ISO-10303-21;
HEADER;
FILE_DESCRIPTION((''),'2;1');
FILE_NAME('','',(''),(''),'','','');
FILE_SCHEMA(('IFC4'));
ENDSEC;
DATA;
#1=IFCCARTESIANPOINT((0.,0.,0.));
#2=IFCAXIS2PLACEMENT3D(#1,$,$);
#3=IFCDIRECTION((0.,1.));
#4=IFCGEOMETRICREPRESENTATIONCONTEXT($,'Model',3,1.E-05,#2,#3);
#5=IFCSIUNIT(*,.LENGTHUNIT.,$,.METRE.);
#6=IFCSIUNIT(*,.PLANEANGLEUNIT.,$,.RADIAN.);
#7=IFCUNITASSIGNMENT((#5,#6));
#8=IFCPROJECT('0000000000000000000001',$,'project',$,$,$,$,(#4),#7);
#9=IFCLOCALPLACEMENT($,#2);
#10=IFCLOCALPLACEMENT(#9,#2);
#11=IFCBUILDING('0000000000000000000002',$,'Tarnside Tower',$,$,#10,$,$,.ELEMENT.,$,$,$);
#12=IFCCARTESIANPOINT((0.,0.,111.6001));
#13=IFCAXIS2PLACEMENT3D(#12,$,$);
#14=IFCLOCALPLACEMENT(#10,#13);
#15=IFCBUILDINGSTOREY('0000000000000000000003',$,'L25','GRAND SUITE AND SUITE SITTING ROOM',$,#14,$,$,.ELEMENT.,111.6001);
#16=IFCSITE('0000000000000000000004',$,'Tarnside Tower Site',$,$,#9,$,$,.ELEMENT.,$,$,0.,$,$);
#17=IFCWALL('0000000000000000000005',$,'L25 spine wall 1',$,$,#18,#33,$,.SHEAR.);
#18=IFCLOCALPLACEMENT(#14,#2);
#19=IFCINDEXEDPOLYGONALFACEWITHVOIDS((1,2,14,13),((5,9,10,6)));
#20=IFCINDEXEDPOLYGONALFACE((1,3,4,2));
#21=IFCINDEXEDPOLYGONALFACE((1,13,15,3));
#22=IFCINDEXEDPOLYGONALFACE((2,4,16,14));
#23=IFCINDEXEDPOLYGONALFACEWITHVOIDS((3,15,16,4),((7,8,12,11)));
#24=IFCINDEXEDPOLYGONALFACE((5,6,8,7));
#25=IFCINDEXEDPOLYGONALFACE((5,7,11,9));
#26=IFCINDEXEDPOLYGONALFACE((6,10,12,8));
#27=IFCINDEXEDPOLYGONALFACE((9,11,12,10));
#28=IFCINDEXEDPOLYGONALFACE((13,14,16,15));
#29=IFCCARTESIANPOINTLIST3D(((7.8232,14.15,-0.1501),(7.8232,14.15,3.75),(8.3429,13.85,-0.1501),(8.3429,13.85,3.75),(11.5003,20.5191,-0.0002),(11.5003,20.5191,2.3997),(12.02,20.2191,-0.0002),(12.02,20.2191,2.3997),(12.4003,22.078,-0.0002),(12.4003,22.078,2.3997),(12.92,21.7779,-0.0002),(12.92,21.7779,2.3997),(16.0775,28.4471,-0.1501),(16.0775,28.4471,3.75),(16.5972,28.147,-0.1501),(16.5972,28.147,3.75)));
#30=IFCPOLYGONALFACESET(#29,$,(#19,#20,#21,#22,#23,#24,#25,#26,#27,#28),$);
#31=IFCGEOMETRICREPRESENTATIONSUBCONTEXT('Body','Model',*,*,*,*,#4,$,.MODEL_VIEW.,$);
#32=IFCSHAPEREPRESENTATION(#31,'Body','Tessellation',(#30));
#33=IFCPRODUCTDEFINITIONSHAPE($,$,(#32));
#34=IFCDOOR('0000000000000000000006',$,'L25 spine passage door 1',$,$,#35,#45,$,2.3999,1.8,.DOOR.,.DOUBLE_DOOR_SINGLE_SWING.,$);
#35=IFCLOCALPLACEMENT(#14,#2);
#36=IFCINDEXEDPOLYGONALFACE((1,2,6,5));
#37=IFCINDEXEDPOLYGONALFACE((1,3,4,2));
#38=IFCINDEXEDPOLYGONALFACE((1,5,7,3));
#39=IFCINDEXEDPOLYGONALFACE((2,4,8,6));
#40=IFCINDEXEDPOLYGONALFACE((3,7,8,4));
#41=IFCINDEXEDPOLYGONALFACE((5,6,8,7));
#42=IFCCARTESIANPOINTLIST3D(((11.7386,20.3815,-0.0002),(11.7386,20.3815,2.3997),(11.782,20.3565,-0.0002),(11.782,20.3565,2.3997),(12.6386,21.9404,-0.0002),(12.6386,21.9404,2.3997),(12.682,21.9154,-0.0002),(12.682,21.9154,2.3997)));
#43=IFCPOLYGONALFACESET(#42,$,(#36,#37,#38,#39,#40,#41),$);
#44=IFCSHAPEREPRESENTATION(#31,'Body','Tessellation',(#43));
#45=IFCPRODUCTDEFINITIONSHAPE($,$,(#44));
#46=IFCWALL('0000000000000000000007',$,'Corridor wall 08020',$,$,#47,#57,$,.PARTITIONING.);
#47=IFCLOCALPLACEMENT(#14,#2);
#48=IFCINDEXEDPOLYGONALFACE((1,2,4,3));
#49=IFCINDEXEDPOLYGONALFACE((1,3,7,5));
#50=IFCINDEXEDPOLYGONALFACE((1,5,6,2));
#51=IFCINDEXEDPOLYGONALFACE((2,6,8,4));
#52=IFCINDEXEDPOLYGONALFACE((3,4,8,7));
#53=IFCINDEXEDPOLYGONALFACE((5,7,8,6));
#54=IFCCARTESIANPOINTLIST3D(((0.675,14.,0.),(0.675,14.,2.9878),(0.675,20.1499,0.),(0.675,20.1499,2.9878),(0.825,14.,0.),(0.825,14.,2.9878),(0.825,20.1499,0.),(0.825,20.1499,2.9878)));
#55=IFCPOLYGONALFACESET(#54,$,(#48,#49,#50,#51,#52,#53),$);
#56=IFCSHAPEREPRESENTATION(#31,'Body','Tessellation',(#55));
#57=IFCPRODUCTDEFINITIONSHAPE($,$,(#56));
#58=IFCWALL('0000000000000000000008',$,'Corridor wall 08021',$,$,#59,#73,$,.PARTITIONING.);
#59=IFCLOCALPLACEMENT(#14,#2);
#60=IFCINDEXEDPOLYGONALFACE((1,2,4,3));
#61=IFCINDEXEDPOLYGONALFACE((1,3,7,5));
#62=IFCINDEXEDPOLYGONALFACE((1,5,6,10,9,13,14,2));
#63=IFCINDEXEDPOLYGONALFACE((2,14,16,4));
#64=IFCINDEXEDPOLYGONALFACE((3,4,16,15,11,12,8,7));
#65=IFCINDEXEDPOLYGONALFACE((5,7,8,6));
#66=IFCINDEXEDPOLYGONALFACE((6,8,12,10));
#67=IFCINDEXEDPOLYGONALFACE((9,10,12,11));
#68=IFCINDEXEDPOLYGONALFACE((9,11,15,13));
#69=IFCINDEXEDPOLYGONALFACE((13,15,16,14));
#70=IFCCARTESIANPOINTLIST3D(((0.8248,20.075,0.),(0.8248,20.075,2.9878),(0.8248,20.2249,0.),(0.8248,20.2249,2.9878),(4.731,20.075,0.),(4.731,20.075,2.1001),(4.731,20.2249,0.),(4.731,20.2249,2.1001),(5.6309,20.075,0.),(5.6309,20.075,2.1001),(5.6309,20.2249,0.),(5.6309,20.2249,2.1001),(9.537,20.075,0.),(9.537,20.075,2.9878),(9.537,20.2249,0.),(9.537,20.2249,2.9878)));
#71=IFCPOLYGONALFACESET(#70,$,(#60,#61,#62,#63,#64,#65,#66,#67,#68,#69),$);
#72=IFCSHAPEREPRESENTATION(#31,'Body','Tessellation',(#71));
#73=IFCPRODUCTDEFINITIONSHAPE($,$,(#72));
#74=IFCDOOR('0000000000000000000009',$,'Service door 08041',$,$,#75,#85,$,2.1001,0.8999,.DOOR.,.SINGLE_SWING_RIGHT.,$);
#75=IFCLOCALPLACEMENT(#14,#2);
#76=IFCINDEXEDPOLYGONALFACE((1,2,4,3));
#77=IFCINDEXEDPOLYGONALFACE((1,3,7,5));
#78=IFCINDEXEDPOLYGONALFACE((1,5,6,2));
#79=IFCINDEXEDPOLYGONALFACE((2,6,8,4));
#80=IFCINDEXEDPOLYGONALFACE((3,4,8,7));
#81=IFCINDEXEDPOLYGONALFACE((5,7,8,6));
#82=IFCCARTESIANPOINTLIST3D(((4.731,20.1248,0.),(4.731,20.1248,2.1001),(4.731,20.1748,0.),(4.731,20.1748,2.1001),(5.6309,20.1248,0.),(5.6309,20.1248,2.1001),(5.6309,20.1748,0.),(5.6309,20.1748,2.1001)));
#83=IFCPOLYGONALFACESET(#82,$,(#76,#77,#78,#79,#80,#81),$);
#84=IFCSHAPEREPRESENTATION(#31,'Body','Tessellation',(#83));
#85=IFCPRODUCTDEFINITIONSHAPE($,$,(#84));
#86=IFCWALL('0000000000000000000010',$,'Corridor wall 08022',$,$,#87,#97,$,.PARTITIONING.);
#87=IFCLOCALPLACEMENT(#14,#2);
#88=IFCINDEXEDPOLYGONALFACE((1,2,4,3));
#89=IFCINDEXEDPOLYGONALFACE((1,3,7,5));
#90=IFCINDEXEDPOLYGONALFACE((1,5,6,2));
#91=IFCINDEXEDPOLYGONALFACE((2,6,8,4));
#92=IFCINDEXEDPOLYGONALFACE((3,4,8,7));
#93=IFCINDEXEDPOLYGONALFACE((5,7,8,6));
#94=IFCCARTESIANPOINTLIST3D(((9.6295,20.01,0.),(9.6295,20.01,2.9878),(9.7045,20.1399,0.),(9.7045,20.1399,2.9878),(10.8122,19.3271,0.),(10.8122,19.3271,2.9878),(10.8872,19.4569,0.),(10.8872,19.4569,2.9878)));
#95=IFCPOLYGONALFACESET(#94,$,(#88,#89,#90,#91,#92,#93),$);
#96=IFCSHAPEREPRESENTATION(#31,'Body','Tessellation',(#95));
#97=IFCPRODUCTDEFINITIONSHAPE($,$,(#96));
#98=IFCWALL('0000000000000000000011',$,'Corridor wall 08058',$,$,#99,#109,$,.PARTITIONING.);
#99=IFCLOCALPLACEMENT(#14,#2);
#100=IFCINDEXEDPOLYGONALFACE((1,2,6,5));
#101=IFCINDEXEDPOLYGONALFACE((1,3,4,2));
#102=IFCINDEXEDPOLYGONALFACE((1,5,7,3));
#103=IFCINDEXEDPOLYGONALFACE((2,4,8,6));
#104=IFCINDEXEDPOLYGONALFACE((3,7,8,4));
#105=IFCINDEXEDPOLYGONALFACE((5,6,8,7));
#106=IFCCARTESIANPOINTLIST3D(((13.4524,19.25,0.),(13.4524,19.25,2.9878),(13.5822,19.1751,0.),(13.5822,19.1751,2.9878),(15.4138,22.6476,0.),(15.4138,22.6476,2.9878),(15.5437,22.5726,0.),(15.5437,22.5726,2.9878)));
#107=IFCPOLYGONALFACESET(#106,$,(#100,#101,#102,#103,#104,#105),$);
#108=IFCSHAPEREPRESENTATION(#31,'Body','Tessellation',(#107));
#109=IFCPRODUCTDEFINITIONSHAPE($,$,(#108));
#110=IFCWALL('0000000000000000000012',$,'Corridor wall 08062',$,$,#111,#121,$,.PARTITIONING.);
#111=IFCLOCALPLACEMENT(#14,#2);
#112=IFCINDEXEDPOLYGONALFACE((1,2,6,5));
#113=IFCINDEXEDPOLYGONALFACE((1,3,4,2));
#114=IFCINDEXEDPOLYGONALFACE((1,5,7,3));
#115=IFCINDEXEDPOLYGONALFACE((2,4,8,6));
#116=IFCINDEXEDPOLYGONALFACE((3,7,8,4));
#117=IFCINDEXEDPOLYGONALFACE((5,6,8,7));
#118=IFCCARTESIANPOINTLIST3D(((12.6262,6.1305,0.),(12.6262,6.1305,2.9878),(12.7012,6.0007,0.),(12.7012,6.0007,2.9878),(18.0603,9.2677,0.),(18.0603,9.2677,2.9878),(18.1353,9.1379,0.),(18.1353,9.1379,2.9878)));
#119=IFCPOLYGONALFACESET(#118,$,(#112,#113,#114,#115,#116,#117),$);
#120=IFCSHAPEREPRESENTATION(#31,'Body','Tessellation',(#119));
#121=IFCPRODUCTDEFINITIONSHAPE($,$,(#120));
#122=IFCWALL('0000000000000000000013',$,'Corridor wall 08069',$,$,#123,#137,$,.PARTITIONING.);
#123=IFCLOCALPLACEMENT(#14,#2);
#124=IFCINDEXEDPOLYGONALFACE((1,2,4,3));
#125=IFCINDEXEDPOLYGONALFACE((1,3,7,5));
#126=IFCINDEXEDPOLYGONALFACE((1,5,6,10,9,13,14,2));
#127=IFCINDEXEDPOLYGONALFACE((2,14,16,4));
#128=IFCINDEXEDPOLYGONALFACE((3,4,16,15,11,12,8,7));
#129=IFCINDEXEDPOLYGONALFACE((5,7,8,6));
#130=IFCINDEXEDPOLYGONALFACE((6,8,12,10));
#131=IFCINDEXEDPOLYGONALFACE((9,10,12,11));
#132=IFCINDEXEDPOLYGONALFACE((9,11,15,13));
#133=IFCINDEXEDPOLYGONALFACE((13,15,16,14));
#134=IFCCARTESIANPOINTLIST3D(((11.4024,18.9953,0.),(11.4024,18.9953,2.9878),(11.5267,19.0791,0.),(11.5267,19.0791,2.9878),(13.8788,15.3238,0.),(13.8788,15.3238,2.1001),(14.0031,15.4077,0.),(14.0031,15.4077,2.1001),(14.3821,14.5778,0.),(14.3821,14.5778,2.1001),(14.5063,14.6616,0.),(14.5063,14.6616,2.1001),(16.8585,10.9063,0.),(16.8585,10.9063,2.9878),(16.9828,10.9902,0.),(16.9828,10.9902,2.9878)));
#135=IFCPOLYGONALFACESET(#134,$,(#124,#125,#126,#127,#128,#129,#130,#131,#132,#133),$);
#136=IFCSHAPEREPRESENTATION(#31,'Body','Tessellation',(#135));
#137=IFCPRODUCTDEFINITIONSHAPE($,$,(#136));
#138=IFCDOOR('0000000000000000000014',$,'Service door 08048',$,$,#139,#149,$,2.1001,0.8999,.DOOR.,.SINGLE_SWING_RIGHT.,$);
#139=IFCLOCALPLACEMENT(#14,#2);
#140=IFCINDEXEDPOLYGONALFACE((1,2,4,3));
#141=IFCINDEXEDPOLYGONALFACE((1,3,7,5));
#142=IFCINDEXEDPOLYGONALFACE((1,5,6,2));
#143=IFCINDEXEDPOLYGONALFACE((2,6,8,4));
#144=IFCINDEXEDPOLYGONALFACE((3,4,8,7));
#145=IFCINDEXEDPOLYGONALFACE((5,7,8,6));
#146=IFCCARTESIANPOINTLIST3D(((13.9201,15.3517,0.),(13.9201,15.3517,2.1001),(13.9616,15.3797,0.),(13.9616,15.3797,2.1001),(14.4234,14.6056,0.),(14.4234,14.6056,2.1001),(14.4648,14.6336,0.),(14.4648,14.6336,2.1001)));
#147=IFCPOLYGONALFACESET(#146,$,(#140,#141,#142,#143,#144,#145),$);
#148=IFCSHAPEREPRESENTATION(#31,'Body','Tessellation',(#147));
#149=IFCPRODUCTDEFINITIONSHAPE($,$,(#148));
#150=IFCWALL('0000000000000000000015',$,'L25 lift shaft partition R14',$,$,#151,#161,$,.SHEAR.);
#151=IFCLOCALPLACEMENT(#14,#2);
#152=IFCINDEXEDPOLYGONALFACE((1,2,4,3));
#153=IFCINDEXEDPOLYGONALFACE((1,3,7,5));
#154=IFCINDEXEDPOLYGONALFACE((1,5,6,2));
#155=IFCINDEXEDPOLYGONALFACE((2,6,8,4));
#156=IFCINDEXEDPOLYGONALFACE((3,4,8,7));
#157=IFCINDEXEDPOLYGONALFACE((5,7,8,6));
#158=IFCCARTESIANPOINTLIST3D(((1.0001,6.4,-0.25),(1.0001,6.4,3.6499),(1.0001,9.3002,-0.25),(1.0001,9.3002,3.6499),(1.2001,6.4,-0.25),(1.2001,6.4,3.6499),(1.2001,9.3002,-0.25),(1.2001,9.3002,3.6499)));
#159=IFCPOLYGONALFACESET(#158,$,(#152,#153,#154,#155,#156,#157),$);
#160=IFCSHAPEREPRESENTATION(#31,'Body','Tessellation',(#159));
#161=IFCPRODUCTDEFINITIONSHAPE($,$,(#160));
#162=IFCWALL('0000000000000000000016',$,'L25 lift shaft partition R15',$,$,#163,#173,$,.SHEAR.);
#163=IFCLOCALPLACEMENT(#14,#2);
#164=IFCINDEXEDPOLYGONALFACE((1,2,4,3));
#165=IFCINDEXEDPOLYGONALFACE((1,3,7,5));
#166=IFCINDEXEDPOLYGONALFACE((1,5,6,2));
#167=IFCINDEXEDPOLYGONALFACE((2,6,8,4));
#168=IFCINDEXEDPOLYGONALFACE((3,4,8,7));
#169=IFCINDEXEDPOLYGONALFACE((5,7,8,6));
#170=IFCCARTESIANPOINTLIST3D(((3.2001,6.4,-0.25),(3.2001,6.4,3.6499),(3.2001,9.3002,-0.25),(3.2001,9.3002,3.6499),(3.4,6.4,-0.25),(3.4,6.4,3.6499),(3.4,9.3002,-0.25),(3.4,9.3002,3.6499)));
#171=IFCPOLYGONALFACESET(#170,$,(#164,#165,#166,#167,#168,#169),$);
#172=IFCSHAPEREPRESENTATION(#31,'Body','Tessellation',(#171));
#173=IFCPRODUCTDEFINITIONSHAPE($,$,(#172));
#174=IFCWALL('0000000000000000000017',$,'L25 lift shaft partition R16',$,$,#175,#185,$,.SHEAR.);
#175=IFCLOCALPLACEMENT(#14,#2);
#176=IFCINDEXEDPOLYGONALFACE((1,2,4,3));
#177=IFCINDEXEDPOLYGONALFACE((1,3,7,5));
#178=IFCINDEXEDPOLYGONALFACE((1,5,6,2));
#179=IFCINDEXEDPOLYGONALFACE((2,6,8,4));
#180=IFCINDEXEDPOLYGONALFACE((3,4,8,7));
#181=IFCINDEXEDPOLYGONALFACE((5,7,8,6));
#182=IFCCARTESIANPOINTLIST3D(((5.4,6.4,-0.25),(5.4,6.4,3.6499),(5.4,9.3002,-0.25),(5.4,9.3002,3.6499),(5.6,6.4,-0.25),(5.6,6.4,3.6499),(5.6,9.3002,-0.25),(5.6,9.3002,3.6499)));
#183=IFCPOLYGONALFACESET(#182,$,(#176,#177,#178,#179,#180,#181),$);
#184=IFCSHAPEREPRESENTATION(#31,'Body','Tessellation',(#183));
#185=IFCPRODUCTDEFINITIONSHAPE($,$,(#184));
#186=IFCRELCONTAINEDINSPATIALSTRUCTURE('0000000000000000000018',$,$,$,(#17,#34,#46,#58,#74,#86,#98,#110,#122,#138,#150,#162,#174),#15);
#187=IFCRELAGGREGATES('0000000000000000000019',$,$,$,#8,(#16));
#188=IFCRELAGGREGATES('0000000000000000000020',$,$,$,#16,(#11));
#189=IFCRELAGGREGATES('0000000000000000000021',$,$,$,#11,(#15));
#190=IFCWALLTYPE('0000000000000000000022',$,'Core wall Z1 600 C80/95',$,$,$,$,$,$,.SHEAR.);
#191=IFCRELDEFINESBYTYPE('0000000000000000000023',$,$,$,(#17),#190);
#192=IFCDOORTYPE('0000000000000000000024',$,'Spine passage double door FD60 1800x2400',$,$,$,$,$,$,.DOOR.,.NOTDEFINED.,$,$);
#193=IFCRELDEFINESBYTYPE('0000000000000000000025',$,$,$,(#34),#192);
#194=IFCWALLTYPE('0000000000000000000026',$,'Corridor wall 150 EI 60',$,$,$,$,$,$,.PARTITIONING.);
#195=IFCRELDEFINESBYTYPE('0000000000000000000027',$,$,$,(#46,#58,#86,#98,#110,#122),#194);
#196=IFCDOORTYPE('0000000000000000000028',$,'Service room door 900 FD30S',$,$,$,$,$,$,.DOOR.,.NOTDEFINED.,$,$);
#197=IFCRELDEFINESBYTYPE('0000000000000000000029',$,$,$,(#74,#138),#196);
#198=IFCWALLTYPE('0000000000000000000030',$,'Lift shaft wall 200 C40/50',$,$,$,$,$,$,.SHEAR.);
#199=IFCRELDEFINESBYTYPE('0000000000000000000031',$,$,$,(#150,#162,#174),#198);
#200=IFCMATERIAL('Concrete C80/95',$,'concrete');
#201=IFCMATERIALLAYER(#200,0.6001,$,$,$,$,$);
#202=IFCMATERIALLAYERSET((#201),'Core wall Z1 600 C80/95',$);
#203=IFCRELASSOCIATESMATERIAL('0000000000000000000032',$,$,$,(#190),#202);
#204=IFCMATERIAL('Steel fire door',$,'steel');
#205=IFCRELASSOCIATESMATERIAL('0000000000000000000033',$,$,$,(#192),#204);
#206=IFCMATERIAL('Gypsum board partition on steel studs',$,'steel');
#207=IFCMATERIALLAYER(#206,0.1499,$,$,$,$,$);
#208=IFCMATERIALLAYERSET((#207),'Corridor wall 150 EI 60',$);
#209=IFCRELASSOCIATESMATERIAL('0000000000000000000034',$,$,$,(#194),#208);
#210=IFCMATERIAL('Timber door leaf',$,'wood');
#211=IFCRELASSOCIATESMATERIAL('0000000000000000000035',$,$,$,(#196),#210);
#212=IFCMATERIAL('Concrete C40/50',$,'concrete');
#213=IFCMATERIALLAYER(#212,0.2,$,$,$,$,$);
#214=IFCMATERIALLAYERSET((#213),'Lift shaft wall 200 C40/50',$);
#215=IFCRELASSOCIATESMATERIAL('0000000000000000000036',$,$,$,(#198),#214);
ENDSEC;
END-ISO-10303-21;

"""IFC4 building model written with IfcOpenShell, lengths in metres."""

from ifc_helpers import new_model, si_unit, direction, frame, frame_2d, origin, place, context, subcontext, project, spatial, rectangle, extrude, material, layer, layer_set, type_object, element, fill, save


model = new_model("IFC4")

# Units and contexts
model_context = context("Model", 3, precision=1e-05, world=origin(), true_north=direction((0.0, 1.0)))
body_context = subcontext(model_context, "Body", "Model", "MODEL_VIEW")
ifc_project = project(units=[si_unit("LENGTHUNIT", "METRE"), si_unit("PLANEANGLEUNIT", "RADIAN")], contexts=[model_context])

# Site, building, storey
site_placement = place(None, origin())
site = spatial("IfcSite", under=ifc_project, at=site_placement, Name="Tarnside Tower Site", CompositionType="ELEMENT", RefElevation=0.0)
building_placement = place(site_placement, origin())
building = spatial("IfcBuilding", under=site, at=building_placement, Name="Tarnside Tower", CompositionType="ELEMENT")
storey_placement = place(building_placement, frame((0.0, 0.0, 111.6001)))
storey = spatial("IfcBuildingStorey", under=building, at=storey_placement, Name="L25", Description="GRAND SUITE AND SUITE SITTING ROOM", CompositionType="ELEMENT", Elevation=111.6001)

# Shared definitions
ifc_material_1 = material(Name="Concrete C40/50", Category="concrete")

# Shared definitions
ifc_material_2 = material(Name="Gypsum board partition on steel studs", Category="steel")

# Shared definitions
ifc_material_3 = material(Name="Steel fire door", Category="steel")

# Wall, opening, door
ifc_material_4 = material(Name="Concrete C80/95", Category="concrete")
ifc_layer_1 = layer(ifc_material_4, 0.6001)
ifc_layer_set_1 = layer_set([ifc_layer_1], Name="Core wall Z1 600 C80/95")
wall_type_1 = type_object("IfcWallType", Name="Core wall Z1 600 C80/95", PredefinedType="SHEAR", material=ifc_layer_set_1)
wall_1_placement = place(storey_placement, frame((8.083, 14.0, -0.1501), z_axis=(0.0, 0.0, 1.0), x_axis=(0.499998, 0.866027, 0.0)))
wall_1 = element("IfcWall", 1, at=wall_1_placement, inside=storey, type_object=wall_type_1, Name="L25 spine wall 1", PredefinedType="SHEAR", context=body_context, shape_type="SweptSolid", body=[
    extrude(rectangle(XDim=16.5088, YDim=0.6001, at=frame_2d((8.2544, 0.0))), origin(), (0.0, 0.0, 1.0), 3.9001),
])
opening_1_placement = place(wall_1_placement, frame((7.3545, 0.0, 0.1499)))
opening_1 = element("IfcOpeningElement", 2, at=opening_1_placement, cuts=wall_1, PredefinedType="OPENING", context=body_context, shape_type="SweptSolid", body=[
    extrude(rectangle(XDim=1.8, YDim=2.3999, at=frame_2d((0.8999, 1.2))), frame((0.0, 0.3101, 0.0), z_axis=(0.0, -1.0, 0.0), x_axis=(1.0, 0.0, 0.0)), (0.0, 0.0, 1.0), 0.6201),
])
door_type_1 = type_object("IfcDoorType", Name="Spine passage double door FD60 1800x2400", OperationType="NOTDEFINED", PredefinedType="DOOR", material=ifc_material_3)
door_1_placement = place(opening_1_placement, origin())
door_1 = element("IfcDoor", 3, at=door_1_placement, inside=storey, type_object=door_type_1, Name="L25 spine passage door 1", OperationType="DOUBLE_DOOR_SINGLE_SWING", OverallHeight=2.3999, OverallWidth=1.8, PredefinedType="DOOR", context=body_context, shape_type="SweptSolid", body=[
    extrude(rectangle(XDim=1.8, YDim=2.3999, at=frame_2d((0.8999, 1.2))), frame((0.0, 0.0249, 0.0), z_axis=(0.0, -1.0, 0.0), x_axis=(1.0, 0.0, 0.0)), (0.0, 0.0, 1.0), 0.05),
])
fill(opening_1, door_1)

# Wall
ifc_layer_2 = layer(ifc_material_2, 0.1499)
ifc_layer_set_2 = layer_set([ifc_layer_2], Name="Corridor wall 150 EI 60")
wall_type_2 = type_object("IfcWallType", Name="Corridor wall 150 EI 60", PredefinedType="PARTITIONING", material=ifc_layer_set_2)
wall_2_placement = place(storey_placement, frame((0.75, 14.0, 0.0), z_axis=(0.0, 0.0, 1.0), x_axis=(0.0, 1.0, 0.0)))
element("IfcWall", 4, at=wall_2_placement, inside=storey, type_object=wall_type_2, Name="Corridor wall 08020", PredefinedType="PARTITIONING", context=body_context, shape_type="SweptSolid", body=[
    extrude(rectangle(XDim=6.1499, YDim=0.1499, at=frame_2d((3.075, 0.0))), origin(), (0.0, 0.0, 1.0), 2.9878),
])

# Wall, opening, door
wall_3_placement = place(storey_placement, frame((0.825, 20.1499, 0.0), z_axis=(0.0, 0.0, 1.0), x_axis=(1.0, 0.0, 0.0)))
wall_3 = element("IfcWall", 5, at=wall_3_placement, inside=storey, type_object=wall_type_2, Name="Corridor wall 08021", PredefinedType="PARTITIONING", context=body_context, shape_type="SweptSolid", body=[
    extrude(rectangle(XDim=8.7122, YDim=0.1499, at=frame_2d((4.356, 0.0))), origin(), (0.0, 0.0, 1.0), 2.9878),
])
opening_2_placement = place(wall_3_placement, frame((3.906, 0.0, 0.0)))
opening_2 = element("IfcOpeningElement", 6, at=opening_2_placement, cuts=wall_3, PredefinedType="OPENING", context=body_context, shape_type="SweptSolid", body=[
    extrude(rectangle(XDim=0.8999, YDim=2.1001, at=frame_2d((0.45, 1.05))), frame((0.0, 0.085, 0.0), z_axis=(0.0, -1.0, 0.0), x_axis=(1.0, 0.0, 0.0)), (0.0, 0.0, 1.0), 0.1699),
])
ifc_material_5 = material(Name="Timber door leaf", Category="wood")
door_type_2 = type_object("IfcDoorType", Name="Service room door 900 FD30S", OperationType="NOTDEFINED", PredefinedType="DOOR", material=ifc_material_5)
door_2_placement = place(opening_2_placement, origin())
door_2 = element("IfcDoor", 7, at=door_2_placement, inside=storey, type_object=door_type_2, Name="Service door 08041", OperationType="SINGLE_SWING_RIGHT", OverallHeight=2.1001, OverallWidth=0.8999, PredefinedType="DOOR", context=body_context, shape_type="SweptSolid", body=[
    extrude(rectangle(XDim=0.8999, YDim=2.1001, at=frame_2d((0.45, 1.05))), frame((0.0, 0.0249, 0.0), z_axis=(0.0, -1.0, 0.0), x_axis=(1.0, 0.0, 0.0)), (0.0, 0.0, 1.0), 0.05),
])
fill(opening_2, door_2)

# Walls
wall_4_placement = place(storey_placement, frame((9.667, 20.075, 0.0), z_axis=(0.0, 0.0, 1.0), x_axis=(0.866001, -0.500042, 0.0)))
element("IfcWall", 8, at=wall_4_placement, inside=storey, type_object=wall_type_2, Name="Corridor wall 08022", PredefinedType="PARTITIONING", context=body_context, shape_type="SweptSolid", body=[
    extrude(rectangle(XDim=1.3657, YDim=0.1499, at=frame_2d((0.6829, 0.0))), origin(), (0.0, 0.0, 1.0), 2.9878),
])
wall_5_placement = place(storey_placement, frame((13.5173, 19.2126, 0.0), z_axis=(0.0, 0.0, 1.0), x_axis=(0.499981, 0.866036, 0.0)))
element("IfcWall", 9, at=wall_5_placement, inside=storey, type_object=wall_type_2, Name="Corridor wall 08058", PredefinedType="PARTITIONING", context=body_context, shape_type="SweptSolid", body=[
    extrude(rectangle(XDim=3.9231, YDim=0.1499, at=frame_2d((1.9614, 0.0))), origin(), (0.0, 0.0, 1.0), 2.9878),
])
wall_6_placement = place(storey_placement, frame((12.6638, 6.0657, 0.0), z_axis=(0.0, 0.0, 1.0), x_axis=(0.866037, 0.499981, 0.0)))
element("IfcWall", 10, at=wall_6_placement, inside=storey, type_object=wall_type_2, Name="Corridor wall 08062", PredefinedType="PARTITIONING", context=body_context, shape_type="SweptSolid", body=[
    extrude(rectangle(XDim=6.2747, YDim=0.1499, at=frame_2d((3.1372, 0.0))), origin(), (0.0, 0.0, 1.0), 2.9878),
])

# Wall, opening, door
wall_7_placement = place(storey_placement, frame((11.4646, 19.0371, 0.0), z_axis=(0.0, 0.0, 1.0), x_axis=(0.559196, -0.829035, 0.0)))
wall_7 = element("IfcWall", 11, at=wall_7_placement, inside=storey, type_object=wall_type_2, Name="Corridor wall 08069", PredefinedType="PARTITIONING", context=body_context, shape_type="SweptSolid", body=[
    extrude(rectangle(XDim=9.7571, YDim=0.1499, at=frame_2d((4.8784, 0.0))), origin(), (0.0, 0.0, 1.0), 2.9878),
])
opening_3_placement = place(wall_7_placement, frame((4.4285, 0.0, 0.0)))
opening_3 = element("IfcOpeningElement", 12, at=opening_3_placement, cuts=wall_7, PredefinedType="OPENING", context=body_context, shape_type="SweptSolid", body=[
    extrude(rectangle(XDim=0.8999, YDim=2.1001, at=frame_2d((0.45, 1.05))), frame((0.0, 0.085, 0.0), z_axis=(0.0, -1.0, 0.0), x_axis=(1.0, 0.0, 0.0)), (0.0, 0.0, 1.0), 0.1699),
])
door_3_placement = place(opening_3_placement, origin())
door_3 = element("IfcDoor", 13, at=door_3_placement, inside=storey, type_object=door_type_2, Name="Service door 08048", OperationType="SINGLE_SWING_RIGHT", OverallHeight=2.1001, OverallWidth=0.8999, PredefinedType="DOOR", context=body_context, shape_type="SweptSolid", body=[
    extrude(rectangle(XDim=0.8999, YDim=2.1001, at=frame_2d((0.45, 1.05))), frame((0.0, 0.0249, 0.0), z_axis=(0.0, -1.0, 0.0), x_axis=(1.0, 0.0, 0.0)), (0.0, 0.0, 1.0), 0.05),
])
fill(opening_3, door_3)

# Walls
ifc_layer_3 = layer(ifc_material_1, 0.2)
ifc_layer_set_3 = layer_set([ifc_layer_3], Name="Lift shaft wall 200 C40/50")
wall_type_3 = type_object("IfcWallType", Name="Lift shaft wall 200 C40/50", PredefinedType="SHEAR", material=ifc_layer_set_3)
for number, where, z_axis, x_axis, name in (
    (14, (1.1001, 6.3999, -0.25), (0.0, 0.0, 1.0), (0.0, 1.0, 0.0), "L25 lift shaft partition R14"),
    (15, (3.3, 6.3999, -0.25), (0.0, 0.0, 1.0), (0.0, 1.0, 0.0), "L25 lift shaft partition R15"),
    (16, (5.5, 6.3999, -0.25), (0.0, 0.0, 1.0), (0.0, 1.0, 0.0), "L25 lift shaft partition R16"),
):
    element("IfcWall", number, at=place(storey_placement, frame(where, z_axis=z_axis, x_axis=x_axis)), inside=storey, type_object=wall_type_3, Name=name, PredefinedType="SHEAR", context=body_context, shape_type="SweptSolid", body=[
        extrude(rectangle(XDim=2.9001, YDim=0.2, at=frame_2d((1.4502, 0.0))), origin(), (0.0, 0.0, 1.0), 3.8999),
    ])

save(model, "model.ifc")
